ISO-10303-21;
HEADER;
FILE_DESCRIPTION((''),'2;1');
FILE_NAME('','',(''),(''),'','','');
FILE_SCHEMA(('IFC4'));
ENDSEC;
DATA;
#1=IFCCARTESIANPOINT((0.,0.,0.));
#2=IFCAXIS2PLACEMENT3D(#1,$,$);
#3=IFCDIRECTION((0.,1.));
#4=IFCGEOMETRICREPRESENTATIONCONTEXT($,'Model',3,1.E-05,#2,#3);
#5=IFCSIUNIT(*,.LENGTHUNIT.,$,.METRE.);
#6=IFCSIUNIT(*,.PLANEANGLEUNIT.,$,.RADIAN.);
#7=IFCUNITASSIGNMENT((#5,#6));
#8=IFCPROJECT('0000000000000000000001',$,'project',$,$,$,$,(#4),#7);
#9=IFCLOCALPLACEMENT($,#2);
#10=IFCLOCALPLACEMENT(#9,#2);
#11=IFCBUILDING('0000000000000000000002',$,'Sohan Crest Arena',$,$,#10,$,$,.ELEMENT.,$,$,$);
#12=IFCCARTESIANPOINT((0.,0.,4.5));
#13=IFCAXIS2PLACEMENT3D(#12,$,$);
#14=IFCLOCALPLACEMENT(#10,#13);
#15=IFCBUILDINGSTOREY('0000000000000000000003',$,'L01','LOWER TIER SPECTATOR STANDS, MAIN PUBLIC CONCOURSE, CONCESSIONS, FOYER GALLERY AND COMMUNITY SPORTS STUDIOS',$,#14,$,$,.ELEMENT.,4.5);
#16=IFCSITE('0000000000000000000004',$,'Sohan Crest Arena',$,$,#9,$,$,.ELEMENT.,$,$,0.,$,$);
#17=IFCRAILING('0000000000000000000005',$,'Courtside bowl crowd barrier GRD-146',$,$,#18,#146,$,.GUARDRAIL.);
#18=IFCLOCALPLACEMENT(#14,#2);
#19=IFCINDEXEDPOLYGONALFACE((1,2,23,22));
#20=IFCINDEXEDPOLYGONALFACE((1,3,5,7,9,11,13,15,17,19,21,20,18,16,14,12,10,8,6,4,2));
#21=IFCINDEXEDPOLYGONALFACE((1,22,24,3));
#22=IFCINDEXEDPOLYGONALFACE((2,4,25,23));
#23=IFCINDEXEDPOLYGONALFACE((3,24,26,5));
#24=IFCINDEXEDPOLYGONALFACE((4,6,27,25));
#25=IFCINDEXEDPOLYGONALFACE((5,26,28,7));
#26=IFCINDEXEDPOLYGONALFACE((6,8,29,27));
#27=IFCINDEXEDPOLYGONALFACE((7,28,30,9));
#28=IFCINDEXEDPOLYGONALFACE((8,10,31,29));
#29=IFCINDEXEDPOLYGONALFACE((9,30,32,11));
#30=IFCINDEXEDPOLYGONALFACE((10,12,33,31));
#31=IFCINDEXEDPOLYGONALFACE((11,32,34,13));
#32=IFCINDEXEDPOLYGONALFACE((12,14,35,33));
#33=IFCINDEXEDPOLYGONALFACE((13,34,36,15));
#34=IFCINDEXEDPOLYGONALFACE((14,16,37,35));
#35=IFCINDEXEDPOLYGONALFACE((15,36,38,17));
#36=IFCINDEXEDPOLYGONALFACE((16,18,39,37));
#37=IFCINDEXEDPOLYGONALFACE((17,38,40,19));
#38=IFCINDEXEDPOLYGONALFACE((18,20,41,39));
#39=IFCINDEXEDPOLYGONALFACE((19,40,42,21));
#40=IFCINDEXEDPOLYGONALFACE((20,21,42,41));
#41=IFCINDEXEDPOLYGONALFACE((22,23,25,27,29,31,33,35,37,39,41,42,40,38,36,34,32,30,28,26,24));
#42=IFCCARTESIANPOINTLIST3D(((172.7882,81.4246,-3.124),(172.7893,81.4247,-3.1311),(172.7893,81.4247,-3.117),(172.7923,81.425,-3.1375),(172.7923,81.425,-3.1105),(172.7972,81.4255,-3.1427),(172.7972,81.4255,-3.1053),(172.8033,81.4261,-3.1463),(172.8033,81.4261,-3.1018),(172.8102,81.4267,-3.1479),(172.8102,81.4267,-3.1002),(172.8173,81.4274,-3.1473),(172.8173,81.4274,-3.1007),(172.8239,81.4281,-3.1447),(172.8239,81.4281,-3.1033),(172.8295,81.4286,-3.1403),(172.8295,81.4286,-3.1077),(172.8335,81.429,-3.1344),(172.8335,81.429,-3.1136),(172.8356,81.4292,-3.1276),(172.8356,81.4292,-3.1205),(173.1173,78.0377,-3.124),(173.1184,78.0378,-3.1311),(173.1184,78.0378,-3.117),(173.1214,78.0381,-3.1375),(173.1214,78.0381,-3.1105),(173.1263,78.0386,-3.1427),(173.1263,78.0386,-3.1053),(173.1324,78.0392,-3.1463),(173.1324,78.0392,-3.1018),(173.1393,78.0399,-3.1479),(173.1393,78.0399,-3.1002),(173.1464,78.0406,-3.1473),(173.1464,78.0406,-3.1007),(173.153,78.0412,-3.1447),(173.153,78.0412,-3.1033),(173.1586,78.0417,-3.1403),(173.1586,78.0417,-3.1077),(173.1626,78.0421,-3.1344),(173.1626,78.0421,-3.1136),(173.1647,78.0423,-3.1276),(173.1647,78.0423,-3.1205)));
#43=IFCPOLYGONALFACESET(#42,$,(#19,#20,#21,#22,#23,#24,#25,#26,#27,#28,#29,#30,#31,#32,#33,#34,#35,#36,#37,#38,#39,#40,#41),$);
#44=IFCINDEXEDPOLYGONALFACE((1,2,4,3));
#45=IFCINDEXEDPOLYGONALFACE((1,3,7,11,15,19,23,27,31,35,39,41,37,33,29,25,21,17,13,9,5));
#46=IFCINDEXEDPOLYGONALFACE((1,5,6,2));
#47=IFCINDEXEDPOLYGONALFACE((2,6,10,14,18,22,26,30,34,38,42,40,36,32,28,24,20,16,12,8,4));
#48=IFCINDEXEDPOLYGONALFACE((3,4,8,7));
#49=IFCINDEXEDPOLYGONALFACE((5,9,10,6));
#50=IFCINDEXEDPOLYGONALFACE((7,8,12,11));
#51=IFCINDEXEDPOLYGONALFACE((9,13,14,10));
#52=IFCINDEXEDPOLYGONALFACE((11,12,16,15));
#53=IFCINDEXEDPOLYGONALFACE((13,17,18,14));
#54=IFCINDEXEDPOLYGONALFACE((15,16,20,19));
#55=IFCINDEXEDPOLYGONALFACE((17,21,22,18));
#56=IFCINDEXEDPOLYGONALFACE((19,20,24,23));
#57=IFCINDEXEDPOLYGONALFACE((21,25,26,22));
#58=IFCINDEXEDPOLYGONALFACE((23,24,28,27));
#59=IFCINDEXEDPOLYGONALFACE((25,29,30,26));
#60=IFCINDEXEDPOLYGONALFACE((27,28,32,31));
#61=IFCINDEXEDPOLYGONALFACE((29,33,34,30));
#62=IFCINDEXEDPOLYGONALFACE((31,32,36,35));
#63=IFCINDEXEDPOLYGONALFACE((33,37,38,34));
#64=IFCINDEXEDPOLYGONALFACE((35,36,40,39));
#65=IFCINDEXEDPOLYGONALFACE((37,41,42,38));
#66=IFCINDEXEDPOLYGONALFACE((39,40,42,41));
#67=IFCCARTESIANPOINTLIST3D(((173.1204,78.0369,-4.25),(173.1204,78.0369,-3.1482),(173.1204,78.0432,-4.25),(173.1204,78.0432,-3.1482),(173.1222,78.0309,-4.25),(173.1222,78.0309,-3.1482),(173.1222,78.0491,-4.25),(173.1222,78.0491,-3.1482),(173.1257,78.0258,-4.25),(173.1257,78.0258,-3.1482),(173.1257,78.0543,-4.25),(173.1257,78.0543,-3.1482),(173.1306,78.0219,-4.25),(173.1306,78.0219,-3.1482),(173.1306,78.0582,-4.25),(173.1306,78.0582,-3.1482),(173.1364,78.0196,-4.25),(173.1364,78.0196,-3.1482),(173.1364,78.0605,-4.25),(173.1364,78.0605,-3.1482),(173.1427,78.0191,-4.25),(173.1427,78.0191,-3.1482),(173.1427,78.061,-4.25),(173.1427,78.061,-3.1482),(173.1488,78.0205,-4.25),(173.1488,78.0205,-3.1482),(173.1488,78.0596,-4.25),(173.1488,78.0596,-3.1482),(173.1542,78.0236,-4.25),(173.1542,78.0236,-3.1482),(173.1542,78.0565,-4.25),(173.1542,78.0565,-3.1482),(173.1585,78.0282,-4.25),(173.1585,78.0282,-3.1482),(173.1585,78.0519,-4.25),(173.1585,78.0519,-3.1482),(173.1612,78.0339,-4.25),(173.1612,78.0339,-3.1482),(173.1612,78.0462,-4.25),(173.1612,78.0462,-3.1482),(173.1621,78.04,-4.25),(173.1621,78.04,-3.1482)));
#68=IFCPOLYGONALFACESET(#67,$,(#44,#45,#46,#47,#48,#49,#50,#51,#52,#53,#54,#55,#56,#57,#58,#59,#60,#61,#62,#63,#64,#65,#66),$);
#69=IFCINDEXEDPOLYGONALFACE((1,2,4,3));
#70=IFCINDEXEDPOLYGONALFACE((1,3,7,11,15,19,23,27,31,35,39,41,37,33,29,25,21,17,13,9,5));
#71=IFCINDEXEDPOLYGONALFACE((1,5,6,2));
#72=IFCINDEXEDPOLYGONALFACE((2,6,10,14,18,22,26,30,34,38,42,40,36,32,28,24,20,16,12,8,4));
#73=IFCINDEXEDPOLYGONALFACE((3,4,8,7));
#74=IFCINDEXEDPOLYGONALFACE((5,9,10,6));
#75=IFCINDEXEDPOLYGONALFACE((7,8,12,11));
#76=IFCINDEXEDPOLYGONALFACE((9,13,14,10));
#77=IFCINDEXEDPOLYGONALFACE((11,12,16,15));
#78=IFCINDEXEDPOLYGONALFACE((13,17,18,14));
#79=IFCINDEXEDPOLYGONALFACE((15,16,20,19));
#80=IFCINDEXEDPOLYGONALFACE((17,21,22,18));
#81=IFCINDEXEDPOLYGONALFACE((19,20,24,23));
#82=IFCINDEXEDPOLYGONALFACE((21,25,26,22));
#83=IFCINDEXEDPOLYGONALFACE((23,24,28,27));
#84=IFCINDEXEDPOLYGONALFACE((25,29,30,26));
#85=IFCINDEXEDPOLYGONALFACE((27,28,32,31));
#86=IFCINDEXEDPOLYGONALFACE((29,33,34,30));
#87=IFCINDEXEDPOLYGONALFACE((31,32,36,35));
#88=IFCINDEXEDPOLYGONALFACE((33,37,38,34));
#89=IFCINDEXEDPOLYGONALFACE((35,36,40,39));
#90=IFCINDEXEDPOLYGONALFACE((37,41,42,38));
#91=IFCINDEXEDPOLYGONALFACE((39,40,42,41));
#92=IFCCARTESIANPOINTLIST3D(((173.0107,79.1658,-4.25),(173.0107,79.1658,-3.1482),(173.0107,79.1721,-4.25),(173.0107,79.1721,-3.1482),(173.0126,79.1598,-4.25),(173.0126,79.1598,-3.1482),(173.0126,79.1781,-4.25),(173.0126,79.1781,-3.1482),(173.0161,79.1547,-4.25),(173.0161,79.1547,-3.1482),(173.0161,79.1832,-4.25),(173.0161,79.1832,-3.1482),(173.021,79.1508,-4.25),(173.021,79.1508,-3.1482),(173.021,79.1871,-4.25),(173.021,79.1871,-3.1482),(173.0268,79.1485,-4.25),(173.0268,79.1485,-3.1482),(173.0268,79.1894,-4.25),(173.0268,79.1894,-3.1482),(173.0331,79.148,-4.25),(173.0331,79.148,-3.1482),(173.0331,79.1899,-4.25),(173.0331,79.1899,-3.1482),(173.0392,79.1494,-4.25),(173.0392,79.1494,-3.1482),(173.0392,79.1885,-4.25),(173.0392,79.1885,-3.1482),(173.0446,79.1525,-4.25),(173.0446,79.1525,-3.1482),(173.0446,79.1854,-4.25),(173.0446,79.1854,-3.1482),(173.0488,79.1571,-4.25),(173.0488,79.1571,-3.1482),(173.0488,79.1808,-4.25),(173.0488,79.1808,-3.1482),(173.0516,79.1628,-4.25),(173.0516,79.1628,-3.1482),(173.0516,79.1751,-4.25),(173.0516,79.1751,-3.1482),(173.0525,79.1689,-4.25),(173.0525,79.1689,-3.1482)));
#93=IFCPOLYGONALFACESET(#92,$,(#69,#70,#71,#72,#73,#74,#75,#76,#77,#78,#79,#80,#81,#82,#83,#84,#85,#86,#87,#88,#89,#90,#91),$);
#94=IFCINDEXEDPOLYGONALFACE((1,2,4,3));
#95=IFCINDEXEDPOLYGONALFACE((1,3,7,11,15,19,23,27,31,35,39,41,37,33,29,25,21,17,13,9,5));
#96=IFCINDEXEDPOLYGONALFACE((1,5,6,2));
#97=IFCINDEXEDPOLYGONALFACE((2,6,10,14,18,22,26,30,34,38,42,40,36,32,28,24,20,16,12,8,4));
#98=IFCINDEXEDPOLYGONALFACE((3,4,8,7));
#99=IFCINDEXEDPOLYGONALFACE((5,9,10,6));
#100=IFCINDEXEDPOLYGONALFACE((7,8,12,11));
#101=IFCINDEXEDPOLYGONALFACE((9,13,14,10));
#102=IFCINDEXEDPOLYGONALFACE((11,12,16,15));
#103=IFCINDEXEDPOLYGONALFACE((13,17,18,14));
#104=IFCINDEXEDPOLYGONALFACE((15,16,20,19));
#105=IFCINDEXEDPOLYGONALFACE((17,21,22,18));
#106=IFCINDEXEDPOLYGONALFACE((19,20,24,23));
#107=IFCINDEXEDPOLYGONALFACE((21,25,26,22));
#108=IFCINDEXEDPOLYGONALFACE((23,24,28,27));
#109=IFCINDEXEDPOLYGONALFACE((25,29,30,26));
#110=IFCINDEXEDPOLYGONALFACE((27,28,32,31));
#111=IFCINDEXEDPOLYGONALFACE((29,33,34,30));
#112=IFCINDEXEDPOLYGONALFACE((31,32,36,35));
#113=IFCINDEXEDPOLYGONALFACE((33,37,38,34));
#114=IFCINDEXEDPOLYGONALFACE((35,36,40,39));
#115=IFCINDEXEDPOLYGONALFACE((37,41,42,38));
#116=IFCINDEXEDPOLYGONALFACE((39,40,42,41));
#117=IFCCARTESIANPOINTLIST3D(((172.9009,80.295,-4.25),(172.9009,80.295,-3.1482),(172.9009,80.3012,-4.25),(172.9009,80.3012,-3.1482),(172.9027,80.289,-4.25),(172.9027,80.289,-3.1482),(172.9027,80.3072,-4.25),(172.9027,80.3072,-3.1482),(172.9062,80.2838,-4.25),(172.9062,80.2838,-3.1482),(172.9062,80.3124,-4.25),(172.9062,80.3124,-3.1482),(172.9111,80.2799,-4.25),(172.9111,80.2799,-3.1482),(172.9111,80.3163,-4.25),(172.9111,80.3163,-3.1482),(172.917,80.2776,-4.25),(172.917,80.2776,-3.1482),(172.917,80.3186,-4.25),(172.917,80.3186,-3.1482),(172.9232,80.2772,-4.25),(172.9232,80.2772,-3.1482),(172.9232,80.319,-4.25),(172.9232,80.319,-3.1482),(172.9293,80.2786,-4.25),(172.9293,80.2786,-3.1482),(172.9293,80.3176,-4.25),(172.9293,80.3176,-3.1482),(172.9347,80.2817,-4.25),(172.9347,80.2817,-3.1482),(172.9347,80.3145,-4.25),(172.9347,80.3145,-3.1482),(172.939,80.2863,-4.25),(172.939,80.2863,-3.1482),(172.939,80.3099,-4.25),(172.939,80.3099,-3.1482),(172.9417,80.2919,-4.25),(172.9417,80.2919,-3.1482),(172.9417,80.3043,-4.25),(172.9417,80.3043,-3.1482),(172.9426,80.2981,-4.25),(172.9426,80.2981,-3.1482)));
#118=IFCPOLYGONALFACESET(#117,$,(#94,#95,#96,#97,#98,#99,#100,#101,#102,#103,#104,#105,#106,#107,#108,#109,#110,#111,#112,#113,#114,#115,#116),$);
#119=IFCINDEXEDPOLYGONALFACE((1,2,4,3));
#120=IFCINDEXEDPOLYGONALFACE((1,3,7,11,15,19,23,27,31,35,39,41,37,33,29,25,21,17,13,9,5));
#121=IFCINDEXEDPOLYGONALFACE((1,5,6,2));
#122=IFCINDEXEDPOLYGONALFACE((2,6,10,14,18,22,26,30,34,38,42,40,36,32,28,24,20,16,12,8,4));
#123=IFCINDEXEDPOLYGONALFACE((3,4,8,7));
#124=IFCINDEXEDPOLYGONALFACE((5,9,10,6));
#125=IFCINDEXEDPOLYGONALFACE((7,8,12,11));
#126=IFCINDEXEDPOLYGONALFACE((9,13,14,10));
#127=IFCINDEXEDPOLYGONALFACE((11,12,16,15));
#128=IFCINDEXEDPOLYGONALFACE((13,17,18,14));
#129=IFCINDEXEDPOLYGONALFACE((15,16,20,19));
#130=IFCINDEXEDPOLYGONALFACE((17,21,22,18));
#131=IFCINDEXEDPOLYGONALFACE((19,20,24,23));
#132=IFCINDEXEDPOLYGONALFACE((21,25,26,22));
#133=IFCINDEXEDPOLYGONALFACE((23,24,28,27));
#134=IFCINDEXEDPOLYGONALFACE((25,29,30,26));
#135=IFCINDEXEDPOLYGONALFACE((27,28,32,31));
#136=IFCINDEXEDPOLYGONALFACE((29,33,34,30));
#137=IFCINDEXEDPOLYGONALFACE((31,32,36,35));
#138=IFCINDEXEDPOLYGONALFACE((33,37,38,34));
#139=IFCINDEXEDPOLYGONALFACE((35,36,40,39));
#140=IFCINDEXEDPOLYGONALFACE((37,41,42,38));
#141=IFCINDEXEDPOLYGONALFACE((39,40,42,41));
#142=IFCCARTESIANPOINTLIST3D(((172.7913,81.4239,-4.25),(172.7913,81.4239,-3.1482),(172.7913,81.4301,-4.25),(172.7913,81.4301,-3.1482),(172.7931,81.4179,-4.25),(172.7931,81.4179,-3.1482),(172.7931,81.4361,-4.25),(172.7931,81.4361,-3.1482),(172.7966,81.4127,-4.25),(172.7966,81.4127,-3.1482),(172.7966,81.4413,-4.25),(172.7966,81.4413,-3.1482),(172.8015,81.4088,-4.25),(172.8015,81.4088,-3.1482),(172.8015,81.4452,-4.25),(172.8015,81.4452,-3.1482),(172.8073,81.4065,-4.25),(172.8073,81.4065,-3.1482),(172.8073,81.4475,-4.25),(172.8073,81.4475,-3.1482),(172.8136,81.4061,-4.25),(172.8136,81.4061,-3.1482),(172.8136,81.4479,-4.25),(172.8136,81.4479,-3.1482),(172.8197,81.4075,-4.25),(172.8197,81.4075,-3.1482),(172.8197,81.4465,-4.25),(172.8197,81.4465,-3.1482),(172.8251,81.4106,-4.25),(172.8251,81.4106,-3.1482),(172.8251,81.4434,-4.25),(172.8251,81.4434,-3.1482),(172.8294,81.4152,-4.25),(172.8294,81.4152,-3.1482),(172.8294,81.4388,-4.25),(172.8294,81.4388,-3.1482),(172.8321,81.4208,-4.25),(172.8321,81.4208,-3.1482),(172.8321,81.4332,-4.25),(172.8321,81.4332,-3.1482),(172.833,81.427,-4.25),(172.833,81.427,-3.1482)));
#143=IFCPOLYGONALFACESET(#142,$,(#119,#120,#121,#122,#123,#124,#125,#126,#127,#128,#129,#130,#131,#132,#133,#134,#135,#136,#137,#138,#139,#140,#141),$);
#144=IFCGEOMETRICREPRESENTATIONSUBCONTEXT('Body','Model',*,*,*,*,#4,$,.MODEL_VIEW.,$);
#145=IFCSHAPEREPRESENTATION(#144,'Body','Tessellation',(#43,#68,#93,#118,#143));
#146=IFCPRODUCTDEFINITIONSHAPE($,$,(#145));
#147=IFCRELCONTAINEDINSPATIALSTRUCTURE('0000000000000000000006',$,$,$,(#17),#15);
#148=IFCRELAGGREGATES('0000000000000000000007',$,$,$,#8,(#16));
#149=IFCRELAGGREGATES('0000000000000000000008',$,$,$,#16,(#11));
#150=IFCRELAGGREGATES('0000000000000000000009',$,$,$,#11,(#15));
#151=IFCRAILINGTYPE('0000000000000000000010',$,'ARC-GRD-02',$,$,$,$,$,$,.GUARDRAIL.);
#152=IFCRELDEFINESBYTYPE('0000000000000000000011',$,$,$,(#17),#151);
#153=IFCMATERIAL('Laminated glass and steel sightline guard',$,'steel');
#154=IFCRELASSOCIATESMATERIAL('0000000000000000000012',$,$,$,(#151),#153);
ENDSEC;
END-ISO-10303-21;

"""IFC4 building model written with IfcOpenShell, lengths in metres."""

from ifc_helpers import new_model, si_unit, direction, frame, origin, origin_2d, place, context, subcontext, project, spatial, circle, extrude, material, type_object, element, save


model = new_model("IFC4")

# Units and contexts
model_context = context("Model", 3, precision=1e-05, world=origin(), true_north=direction((0.0, 1.0)))
body_context = subcontext(model_context, "Body", "Model", "MODEL_VIEW")
ifc_project = project(units=[si_unit("LENGTHUNIT", "METRE"), si_unit("PLANEANGLEUNIT", "RADIAN")], contexts=[model_context])

# Site, building, storey
site_placement = place(None, origin())
site = spatial("IfcSite", under=ifc_project, at=site_placement, Name="Sohan Crest Arena", CompositionType="ELEMENT", RefElevation=0.0)
building_placement = place(site_placement, origin())
building = spatial("IfcBuilding", under=site, at=building_placement, Name="Sohan Crest Arena", CompositionType="ELEMENT")
storey_placement = place(building_placement, frame((0.0, 0.0, 4.5)))
storey = spatial("IfcBuildingStorey", under=building, at=storey_placement, Name="L01", Description="LOWER TIER SPECTATOR STANDS, MAIN PUBLIC CONCOURSE, CONCESSIONS, FOYER GALLERY AND COMMUNITY SPORTS STUDIOS", CompositionType="ELEMENT", Elevation=4.5)

# Railing
ifc_material_1 = material(Name="Laminated glass and steel sightline guard", Category="steel")
railing_type = type_object("IfcRailingType", Name="ARC-GRD-02", PredefinedType="GUARDRAIL", material=ifc_material_1)
railing_1_placement = place(storey_placement, frame((173.1411, 78.04, -4.25)))
element("IfcRailing", 1, at=railing_1_placement, inside=storey, type_object=railing_type, Name="Courtside bowl crowd barrier GRD-146", PredefinedType="GUARDRAIL", context=body_context, shape_type="SweptSolid", body=[
    extrude(circle(Radius=0.0239, at=origin_2d()), frame((0.0, 0.0, 1.126), z_axis=(-0.096712, 0.995312, 0.0), x_axis=(-0.995312, -0.096712, 0.0)), (0.0, 0.0, 1.0), 3.4028),
    extrude(circle(Radius=0.021, at=origin_2d()), origin(), (0.0, 0.0, 1.0), 1.1018),
    extrude(circle(Radius=0.021, at=origin_2d()), frame((-0.1096, 1.1289, 0.0)), (0.0, 0.0, 1.0), 1.1018),
    extrude(circle(Radius=0.021, at=origin_2d()), frame((-0.2195, 2.2581, 0.0)), (0.0, 0.0, 1.0), 1.1018),
    extrude(circle(Radius=0.021, at=origin_2d()), frame((-0.3291, 3.387, 0.0)), (0.0, 0.0, 1.0), 1.1018),
])

save(model, "model.ifc")
